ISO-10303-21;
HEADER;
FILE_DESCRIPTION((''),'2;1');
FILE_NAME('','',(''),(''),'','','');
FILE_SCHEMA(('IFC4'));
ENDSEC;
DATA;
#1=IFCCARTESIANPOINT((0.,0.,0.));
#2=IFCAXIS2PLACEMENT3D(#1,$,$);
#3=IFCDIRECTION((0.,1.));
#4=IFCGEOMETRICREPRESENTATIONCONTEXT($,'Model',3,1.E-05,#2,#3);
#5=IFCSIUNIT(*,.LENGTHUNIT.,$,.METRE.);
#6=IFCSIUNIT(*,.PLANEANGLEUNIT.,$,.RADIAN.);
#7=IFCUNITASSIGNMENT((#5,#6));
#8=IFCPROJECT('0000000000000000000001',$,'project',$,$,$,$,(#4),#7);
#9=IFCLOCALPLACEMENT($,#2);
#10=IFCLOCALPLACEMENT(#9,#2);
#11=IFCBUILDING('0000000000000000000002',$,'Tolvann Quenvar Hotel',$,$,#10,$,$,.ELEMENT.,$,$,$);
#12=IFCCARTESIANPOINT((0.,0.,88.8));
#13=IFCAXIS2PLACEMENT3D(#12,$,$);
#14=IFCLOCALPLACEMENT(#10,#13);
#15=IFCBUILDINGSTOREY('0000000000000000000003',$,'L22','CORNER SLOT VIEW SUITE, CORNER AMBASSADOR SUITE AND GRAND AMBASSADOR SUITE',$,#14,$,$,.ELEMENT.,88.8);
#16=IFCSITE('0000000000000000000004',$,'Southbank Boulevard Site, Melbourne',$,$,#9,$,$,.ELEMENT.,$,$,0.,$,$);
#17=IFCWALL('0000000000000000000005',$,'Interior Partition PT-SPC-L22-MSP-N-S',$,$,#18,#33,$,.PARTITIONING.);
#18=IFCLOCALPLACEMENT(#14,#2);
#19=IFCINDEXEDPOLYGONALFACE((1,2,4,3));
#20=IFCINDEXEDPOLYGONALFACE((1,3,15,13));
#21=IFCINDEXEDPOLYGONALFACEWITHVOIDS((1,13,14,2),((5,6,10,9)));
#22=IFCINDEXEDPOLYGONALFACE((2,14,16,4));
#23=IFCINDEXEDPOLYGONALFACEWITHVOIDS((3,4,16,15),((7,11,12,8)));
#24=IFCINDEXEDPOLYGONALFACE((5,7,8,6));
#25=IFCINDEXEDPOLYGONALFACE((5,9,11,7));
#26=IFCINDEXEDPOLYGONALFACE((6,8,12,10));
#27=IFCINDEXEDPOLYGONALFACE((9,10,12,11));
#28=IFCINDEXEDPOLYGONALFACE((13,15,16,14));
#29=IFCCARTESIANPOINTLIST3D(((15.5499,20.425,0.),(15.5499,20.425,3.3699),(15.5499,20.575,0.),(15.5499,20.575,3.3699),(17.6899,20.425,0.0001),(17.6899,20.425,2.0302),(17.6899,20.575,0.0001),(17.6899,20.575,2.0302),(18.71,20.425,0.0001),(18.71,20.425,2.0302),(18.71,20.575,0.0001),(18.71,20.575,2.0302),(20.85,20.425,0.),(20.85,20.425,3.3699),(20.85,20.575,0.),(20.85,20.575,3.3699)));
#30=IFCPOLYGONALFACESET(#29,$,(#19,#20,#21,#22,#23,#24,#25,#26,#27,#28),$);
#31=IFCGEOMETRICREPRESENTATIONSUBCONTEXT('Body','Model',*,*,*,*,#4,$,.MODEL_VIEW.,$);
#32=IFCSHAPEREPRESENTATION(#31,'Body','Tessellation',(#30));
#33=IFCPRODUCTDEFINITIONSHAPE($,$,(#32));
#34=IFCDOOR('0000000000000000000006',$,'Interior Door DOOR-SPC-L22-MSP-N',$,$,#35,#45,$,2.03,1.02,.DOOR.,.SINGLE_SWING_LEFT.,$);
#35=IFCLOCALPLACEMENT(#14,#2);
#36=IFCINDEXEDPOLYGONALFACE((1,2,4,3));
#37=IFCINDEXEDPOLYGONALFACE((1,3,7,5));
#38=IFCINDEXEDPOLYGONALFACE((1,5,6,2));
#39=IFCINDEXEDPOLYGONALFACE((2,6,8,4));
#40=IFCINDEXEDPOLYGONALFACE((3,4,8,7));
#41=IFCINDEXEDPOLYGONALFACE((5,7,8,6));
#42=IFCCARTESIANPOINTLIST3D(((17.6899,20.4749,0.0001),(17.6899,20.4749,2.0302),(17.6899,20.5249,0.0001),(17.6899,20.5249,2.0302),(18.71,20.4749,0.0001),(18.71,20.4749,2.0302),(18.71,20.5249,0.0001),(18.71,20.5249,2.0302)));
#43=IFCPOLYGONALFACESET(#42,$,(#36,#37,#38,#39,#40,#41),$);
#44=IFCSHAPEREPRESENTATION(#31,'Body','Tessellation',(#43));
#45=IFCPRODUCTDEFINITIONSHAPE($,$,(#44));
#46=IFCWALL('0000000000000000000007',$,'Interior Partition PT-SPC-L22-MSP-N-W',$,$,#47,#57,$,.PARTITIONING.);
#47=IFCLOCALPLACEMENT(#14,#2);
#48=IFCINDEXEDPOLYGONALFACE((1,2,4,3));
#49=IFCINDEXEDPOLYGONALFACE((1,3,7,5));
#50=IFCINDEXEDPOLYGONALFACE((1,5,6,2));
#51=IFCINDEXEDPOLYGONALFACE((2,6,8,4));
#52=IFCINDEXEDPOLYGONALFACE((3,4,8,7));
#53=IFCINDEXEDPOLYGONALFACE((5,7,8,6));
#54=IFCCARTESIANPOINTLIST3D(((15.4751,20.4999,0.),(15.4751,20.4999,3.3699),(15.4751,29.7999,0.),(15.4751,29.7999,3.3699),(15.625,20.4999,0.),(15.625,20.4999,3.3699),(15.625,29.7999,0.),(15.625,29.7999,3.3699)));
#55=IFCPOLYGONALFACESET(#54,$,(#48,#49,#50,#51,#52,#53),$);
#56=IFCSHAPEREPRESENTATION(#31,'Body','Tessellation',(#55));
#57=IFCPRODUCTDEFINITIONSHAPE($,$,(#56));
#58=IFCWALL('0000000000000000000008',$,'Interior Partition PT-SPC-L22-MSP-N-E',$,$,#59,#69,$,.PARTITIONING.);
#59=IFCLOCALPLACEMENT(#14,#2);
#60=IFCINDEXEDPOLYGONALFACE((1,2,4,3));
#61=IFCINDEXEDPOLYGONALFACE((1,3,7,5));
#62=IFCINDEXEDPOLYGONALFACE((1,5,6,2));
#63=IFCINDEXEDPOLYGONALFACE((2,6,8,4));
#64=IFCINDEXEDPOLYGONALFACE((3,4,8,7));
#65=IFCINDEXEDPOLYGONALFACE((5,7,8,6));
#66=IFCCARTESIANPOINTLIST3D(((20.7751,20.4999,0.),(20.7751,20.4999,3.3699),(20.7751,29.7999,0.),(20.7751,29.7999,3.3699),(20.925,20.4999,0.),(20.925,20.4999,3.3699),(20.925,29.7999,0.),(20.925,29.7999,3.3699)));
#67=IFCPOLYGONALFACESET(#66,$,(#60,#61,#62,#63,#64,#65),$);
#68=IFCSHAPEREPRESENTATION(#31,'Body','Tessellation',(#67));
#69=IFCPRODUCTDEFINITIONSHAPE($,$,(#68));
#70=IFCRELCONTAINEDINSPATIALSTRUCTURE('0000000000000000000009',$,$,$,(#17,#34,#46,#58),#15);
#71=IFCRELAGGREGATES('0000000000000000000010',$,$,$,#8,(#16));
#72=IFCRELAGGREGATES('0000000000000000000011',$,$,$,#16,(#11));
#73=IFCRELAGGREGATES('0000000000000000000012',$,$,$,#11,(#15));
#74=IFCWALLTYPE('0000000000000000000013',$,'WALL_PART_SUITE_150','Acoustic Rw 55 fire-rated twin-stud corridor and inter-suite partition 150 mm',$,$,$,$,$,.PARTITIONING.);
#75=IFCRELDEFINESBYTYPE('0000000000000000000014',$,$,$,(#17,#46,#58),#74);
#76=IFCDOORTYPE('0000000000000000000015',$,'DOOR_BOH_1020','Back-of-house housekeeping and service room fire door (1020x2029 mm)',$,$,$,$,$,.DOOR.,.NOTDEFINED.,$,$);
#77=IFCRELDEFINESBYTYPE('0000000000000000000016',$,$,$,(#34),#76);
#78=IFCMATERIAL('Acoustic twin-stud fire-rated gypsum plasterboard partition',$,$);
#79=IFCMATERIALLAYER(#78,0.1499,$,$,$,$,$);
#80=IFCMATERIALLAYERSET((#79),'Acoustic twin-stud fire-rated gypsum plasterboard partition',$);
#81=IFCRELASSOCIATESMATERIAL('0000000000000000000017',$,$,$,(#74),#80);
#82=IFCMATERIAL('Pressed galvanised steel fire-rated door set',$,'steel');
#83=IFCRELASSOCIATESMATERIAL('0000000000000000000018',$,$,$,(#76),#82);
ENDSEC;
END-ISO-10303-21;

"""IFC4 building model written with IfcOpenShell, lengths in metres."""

from ifc_helpers import new_model, si_unit, direction, frame, frame_2d, origin, place, context, subcontext, project, spatial, rectangle, extrude, source, transform, mapped, material, layer, layer_set, type_object, type_shapes, element, fill, save


model = new_model("IFC4")

# Units and contexts
model_context = context("Model", 3, precision=1e-05, world=origin(), true_north=direction((0.0, 1.0)))
body_context = subcontext(model_context, "Body", "Model", "MODEL_VIEW")
ifc_project = project(units=[si_unit("LENGTHUNIT", "METRE"), si_unit("PLANEANGLEUNIT", "RADIAN")], contexts=[model_context])

# Site, building, storey
site_placement = place(None, origin())
site = spatial("IfcSite", under=ifc_project, at=site_placement, Name="Southbank Boulevard Site, Melbourne", CompositionType="ELEMENT", RefElevation=0.0)
building_placement = place(site_placement, origin())
building = spatial("IfcBuilding", under=site, at=building_placement, Name="Tolvann Quenvar Hotel", CompositionType="ELEMENT")
storey_placement = place(building_placement, frame((0.0, 0.0, 88.8)))
storey = spatial("IfcBuildingStorey", under=building, at=storey_placement, Name="L22", Description="CORNER SLOT VIEW SUITE, CORNER AMBASSADOR SUITE AND GRAND AMBASSADOR SUITE", CompositionType="ELEMENT", Elevation=88.8)

# Shared definitions
ifc_material_1 = material(Name="Acoustic twin-stud fire-rated gypsum plasterboard partition")

# Shared definitions
ifc_layer_1 = layer(ifc_material_1, 0.1499)
ifc_layer_set_1 = layer_set([ifc_layer_1], Name="Acoustic twin-stud fire-rated gypsum plasterboard partition")
wall_type_1 = type_object("IfcWallType", Name="WALL_PART_SUITE_150", Description="Acoustic Rw 55 fire-rated twin-stud corridor and inter-suite partition 150 mm", PredefinedType="PARTITIONING", material=ifc_layer_set_1)

# Wall, opening, door
wall_1_placement = place(storey_placement, frame((15.55, 20.5, 0.0), z_axis=(0.0, 0.0, 1.0), x_axis=(1.0, 0.0, 0.0)))
wall_1 = element("IfcWall", 1, at=wall_1_placement, inside=storey, type_object=wall_type_1, Name="Interior Partition PT-SPC-L22-MSP-N-S", PredefinedType="PARTITIONING", context=body_context, shape_type="SweptSolid", body=[
    extrude(rectangle(XDim=5.3, YDim=0.1499, at=frame_2d((2.6499, 0.0))), origin(), (0.0, 0.0, 1.0), 3.3699),
])
opening_1_placement = place(wall_1_placement, frame((2.1399, 0.0, 0.0)))
opening_1 = element("IfcOpeningElement", 2, at=opening_1_placement, cuts=wall_1, PredefinedType="OPENING", context=body_context, shape_type="SweptSolid", body=[
    extrude(rectangle(XDim=1.02, YDim=2.03, at=frame_2d((0.51, 1.0151))), frame((0.0, 0.085, 0.0), z_axis=(0.0, -1.0, 0.0), x_axis=(1.0, 0.0, 0.0)), (0.0, 0.0, 1.0), 0.1699),
])
ifc_material_2 = material(Name="Pressed galvanised steel fire-rated door set", Category="steel")
door_type_1 = type_object("IfcDoorType", Name="DOOR_BOH_1020", Description="Back-of-house housekeeping and service room fire door (1020x2029 mm)", OperationType="NOTDEFINED", PredefinedType="DOOR", material=ifc_material_2)
shared_shape_1 = source(origin(), body_context, "Body", "SweptSolid", [
    extrude(rectangle(XDim=1.02, YDim=2.03, at=frame_2d((0.51, 1.0151))), frame((0.0, 0.0249, 0.0), z_axis=(0.0, -1.0, 0.0), x_axis=(1.0, 0.0, 0.0)), (0.0, 0.0, 1.0), 0.05),
])
type_shapes(door_type_1, [shared_shape_1])
door_1_placement = place(opening_1_placement, origin())
door_1 = element("IfcDoor", 3, at=door_1_placement, inside=storey, type_object=door_type_1, Name="Interior Door DOOR-SPC-L22-MSP-N", OperationType="SINGLE_SWING_LEFT", OverallHeight=2.03, OverallWidth=1.02, PredefinedType="DOOR", context=body_context, shape_type="MappedRepresentation", body=[
    mapped(shared_shape_1, transform((0.0, 0.0, 0.0), x_axis=(1.0, 0.0, 0.0), y_axis=(0.0, 1.0, 0.0), z_axis=(0.0, 0.0, 1.0), scale=1.0)),
])
fill(opening_1, door_1)

# Walls
for number, where, z_axis, x_axis, name in (
    (4, (15.55, 20.5, 0.0), (0.0, 0.0, 1.0), (0.0, 1.0, 0.0), "Interior Partition PT-SPC-L22-MSP-N-W"),
    (5, (20.8501, 20.5, 0.0), (0.0, 0.0, 1.0), (0.0, 1.0, 0.0), "Interior Partition PT-SPC-L22-MSP-N-E"),
):
    element("IfcWall", number, at=place(storey_placement, frame(where, z_axis=z_axis, x_axis=x_axis)), inside=storey, type_object=wall_type_1, Name=name, PredefinedType="PARTITIONING", context=body_context, shape_type="SweptSolid", body=[
        extrude(rectangle(XDim=9.3, YDim=0.1499, at=frame_2d((4.6499, 0.0))), origin(), (0.0, 0.0, 1.0), 3.3699),
    ])

save(model, "model.ifc")
